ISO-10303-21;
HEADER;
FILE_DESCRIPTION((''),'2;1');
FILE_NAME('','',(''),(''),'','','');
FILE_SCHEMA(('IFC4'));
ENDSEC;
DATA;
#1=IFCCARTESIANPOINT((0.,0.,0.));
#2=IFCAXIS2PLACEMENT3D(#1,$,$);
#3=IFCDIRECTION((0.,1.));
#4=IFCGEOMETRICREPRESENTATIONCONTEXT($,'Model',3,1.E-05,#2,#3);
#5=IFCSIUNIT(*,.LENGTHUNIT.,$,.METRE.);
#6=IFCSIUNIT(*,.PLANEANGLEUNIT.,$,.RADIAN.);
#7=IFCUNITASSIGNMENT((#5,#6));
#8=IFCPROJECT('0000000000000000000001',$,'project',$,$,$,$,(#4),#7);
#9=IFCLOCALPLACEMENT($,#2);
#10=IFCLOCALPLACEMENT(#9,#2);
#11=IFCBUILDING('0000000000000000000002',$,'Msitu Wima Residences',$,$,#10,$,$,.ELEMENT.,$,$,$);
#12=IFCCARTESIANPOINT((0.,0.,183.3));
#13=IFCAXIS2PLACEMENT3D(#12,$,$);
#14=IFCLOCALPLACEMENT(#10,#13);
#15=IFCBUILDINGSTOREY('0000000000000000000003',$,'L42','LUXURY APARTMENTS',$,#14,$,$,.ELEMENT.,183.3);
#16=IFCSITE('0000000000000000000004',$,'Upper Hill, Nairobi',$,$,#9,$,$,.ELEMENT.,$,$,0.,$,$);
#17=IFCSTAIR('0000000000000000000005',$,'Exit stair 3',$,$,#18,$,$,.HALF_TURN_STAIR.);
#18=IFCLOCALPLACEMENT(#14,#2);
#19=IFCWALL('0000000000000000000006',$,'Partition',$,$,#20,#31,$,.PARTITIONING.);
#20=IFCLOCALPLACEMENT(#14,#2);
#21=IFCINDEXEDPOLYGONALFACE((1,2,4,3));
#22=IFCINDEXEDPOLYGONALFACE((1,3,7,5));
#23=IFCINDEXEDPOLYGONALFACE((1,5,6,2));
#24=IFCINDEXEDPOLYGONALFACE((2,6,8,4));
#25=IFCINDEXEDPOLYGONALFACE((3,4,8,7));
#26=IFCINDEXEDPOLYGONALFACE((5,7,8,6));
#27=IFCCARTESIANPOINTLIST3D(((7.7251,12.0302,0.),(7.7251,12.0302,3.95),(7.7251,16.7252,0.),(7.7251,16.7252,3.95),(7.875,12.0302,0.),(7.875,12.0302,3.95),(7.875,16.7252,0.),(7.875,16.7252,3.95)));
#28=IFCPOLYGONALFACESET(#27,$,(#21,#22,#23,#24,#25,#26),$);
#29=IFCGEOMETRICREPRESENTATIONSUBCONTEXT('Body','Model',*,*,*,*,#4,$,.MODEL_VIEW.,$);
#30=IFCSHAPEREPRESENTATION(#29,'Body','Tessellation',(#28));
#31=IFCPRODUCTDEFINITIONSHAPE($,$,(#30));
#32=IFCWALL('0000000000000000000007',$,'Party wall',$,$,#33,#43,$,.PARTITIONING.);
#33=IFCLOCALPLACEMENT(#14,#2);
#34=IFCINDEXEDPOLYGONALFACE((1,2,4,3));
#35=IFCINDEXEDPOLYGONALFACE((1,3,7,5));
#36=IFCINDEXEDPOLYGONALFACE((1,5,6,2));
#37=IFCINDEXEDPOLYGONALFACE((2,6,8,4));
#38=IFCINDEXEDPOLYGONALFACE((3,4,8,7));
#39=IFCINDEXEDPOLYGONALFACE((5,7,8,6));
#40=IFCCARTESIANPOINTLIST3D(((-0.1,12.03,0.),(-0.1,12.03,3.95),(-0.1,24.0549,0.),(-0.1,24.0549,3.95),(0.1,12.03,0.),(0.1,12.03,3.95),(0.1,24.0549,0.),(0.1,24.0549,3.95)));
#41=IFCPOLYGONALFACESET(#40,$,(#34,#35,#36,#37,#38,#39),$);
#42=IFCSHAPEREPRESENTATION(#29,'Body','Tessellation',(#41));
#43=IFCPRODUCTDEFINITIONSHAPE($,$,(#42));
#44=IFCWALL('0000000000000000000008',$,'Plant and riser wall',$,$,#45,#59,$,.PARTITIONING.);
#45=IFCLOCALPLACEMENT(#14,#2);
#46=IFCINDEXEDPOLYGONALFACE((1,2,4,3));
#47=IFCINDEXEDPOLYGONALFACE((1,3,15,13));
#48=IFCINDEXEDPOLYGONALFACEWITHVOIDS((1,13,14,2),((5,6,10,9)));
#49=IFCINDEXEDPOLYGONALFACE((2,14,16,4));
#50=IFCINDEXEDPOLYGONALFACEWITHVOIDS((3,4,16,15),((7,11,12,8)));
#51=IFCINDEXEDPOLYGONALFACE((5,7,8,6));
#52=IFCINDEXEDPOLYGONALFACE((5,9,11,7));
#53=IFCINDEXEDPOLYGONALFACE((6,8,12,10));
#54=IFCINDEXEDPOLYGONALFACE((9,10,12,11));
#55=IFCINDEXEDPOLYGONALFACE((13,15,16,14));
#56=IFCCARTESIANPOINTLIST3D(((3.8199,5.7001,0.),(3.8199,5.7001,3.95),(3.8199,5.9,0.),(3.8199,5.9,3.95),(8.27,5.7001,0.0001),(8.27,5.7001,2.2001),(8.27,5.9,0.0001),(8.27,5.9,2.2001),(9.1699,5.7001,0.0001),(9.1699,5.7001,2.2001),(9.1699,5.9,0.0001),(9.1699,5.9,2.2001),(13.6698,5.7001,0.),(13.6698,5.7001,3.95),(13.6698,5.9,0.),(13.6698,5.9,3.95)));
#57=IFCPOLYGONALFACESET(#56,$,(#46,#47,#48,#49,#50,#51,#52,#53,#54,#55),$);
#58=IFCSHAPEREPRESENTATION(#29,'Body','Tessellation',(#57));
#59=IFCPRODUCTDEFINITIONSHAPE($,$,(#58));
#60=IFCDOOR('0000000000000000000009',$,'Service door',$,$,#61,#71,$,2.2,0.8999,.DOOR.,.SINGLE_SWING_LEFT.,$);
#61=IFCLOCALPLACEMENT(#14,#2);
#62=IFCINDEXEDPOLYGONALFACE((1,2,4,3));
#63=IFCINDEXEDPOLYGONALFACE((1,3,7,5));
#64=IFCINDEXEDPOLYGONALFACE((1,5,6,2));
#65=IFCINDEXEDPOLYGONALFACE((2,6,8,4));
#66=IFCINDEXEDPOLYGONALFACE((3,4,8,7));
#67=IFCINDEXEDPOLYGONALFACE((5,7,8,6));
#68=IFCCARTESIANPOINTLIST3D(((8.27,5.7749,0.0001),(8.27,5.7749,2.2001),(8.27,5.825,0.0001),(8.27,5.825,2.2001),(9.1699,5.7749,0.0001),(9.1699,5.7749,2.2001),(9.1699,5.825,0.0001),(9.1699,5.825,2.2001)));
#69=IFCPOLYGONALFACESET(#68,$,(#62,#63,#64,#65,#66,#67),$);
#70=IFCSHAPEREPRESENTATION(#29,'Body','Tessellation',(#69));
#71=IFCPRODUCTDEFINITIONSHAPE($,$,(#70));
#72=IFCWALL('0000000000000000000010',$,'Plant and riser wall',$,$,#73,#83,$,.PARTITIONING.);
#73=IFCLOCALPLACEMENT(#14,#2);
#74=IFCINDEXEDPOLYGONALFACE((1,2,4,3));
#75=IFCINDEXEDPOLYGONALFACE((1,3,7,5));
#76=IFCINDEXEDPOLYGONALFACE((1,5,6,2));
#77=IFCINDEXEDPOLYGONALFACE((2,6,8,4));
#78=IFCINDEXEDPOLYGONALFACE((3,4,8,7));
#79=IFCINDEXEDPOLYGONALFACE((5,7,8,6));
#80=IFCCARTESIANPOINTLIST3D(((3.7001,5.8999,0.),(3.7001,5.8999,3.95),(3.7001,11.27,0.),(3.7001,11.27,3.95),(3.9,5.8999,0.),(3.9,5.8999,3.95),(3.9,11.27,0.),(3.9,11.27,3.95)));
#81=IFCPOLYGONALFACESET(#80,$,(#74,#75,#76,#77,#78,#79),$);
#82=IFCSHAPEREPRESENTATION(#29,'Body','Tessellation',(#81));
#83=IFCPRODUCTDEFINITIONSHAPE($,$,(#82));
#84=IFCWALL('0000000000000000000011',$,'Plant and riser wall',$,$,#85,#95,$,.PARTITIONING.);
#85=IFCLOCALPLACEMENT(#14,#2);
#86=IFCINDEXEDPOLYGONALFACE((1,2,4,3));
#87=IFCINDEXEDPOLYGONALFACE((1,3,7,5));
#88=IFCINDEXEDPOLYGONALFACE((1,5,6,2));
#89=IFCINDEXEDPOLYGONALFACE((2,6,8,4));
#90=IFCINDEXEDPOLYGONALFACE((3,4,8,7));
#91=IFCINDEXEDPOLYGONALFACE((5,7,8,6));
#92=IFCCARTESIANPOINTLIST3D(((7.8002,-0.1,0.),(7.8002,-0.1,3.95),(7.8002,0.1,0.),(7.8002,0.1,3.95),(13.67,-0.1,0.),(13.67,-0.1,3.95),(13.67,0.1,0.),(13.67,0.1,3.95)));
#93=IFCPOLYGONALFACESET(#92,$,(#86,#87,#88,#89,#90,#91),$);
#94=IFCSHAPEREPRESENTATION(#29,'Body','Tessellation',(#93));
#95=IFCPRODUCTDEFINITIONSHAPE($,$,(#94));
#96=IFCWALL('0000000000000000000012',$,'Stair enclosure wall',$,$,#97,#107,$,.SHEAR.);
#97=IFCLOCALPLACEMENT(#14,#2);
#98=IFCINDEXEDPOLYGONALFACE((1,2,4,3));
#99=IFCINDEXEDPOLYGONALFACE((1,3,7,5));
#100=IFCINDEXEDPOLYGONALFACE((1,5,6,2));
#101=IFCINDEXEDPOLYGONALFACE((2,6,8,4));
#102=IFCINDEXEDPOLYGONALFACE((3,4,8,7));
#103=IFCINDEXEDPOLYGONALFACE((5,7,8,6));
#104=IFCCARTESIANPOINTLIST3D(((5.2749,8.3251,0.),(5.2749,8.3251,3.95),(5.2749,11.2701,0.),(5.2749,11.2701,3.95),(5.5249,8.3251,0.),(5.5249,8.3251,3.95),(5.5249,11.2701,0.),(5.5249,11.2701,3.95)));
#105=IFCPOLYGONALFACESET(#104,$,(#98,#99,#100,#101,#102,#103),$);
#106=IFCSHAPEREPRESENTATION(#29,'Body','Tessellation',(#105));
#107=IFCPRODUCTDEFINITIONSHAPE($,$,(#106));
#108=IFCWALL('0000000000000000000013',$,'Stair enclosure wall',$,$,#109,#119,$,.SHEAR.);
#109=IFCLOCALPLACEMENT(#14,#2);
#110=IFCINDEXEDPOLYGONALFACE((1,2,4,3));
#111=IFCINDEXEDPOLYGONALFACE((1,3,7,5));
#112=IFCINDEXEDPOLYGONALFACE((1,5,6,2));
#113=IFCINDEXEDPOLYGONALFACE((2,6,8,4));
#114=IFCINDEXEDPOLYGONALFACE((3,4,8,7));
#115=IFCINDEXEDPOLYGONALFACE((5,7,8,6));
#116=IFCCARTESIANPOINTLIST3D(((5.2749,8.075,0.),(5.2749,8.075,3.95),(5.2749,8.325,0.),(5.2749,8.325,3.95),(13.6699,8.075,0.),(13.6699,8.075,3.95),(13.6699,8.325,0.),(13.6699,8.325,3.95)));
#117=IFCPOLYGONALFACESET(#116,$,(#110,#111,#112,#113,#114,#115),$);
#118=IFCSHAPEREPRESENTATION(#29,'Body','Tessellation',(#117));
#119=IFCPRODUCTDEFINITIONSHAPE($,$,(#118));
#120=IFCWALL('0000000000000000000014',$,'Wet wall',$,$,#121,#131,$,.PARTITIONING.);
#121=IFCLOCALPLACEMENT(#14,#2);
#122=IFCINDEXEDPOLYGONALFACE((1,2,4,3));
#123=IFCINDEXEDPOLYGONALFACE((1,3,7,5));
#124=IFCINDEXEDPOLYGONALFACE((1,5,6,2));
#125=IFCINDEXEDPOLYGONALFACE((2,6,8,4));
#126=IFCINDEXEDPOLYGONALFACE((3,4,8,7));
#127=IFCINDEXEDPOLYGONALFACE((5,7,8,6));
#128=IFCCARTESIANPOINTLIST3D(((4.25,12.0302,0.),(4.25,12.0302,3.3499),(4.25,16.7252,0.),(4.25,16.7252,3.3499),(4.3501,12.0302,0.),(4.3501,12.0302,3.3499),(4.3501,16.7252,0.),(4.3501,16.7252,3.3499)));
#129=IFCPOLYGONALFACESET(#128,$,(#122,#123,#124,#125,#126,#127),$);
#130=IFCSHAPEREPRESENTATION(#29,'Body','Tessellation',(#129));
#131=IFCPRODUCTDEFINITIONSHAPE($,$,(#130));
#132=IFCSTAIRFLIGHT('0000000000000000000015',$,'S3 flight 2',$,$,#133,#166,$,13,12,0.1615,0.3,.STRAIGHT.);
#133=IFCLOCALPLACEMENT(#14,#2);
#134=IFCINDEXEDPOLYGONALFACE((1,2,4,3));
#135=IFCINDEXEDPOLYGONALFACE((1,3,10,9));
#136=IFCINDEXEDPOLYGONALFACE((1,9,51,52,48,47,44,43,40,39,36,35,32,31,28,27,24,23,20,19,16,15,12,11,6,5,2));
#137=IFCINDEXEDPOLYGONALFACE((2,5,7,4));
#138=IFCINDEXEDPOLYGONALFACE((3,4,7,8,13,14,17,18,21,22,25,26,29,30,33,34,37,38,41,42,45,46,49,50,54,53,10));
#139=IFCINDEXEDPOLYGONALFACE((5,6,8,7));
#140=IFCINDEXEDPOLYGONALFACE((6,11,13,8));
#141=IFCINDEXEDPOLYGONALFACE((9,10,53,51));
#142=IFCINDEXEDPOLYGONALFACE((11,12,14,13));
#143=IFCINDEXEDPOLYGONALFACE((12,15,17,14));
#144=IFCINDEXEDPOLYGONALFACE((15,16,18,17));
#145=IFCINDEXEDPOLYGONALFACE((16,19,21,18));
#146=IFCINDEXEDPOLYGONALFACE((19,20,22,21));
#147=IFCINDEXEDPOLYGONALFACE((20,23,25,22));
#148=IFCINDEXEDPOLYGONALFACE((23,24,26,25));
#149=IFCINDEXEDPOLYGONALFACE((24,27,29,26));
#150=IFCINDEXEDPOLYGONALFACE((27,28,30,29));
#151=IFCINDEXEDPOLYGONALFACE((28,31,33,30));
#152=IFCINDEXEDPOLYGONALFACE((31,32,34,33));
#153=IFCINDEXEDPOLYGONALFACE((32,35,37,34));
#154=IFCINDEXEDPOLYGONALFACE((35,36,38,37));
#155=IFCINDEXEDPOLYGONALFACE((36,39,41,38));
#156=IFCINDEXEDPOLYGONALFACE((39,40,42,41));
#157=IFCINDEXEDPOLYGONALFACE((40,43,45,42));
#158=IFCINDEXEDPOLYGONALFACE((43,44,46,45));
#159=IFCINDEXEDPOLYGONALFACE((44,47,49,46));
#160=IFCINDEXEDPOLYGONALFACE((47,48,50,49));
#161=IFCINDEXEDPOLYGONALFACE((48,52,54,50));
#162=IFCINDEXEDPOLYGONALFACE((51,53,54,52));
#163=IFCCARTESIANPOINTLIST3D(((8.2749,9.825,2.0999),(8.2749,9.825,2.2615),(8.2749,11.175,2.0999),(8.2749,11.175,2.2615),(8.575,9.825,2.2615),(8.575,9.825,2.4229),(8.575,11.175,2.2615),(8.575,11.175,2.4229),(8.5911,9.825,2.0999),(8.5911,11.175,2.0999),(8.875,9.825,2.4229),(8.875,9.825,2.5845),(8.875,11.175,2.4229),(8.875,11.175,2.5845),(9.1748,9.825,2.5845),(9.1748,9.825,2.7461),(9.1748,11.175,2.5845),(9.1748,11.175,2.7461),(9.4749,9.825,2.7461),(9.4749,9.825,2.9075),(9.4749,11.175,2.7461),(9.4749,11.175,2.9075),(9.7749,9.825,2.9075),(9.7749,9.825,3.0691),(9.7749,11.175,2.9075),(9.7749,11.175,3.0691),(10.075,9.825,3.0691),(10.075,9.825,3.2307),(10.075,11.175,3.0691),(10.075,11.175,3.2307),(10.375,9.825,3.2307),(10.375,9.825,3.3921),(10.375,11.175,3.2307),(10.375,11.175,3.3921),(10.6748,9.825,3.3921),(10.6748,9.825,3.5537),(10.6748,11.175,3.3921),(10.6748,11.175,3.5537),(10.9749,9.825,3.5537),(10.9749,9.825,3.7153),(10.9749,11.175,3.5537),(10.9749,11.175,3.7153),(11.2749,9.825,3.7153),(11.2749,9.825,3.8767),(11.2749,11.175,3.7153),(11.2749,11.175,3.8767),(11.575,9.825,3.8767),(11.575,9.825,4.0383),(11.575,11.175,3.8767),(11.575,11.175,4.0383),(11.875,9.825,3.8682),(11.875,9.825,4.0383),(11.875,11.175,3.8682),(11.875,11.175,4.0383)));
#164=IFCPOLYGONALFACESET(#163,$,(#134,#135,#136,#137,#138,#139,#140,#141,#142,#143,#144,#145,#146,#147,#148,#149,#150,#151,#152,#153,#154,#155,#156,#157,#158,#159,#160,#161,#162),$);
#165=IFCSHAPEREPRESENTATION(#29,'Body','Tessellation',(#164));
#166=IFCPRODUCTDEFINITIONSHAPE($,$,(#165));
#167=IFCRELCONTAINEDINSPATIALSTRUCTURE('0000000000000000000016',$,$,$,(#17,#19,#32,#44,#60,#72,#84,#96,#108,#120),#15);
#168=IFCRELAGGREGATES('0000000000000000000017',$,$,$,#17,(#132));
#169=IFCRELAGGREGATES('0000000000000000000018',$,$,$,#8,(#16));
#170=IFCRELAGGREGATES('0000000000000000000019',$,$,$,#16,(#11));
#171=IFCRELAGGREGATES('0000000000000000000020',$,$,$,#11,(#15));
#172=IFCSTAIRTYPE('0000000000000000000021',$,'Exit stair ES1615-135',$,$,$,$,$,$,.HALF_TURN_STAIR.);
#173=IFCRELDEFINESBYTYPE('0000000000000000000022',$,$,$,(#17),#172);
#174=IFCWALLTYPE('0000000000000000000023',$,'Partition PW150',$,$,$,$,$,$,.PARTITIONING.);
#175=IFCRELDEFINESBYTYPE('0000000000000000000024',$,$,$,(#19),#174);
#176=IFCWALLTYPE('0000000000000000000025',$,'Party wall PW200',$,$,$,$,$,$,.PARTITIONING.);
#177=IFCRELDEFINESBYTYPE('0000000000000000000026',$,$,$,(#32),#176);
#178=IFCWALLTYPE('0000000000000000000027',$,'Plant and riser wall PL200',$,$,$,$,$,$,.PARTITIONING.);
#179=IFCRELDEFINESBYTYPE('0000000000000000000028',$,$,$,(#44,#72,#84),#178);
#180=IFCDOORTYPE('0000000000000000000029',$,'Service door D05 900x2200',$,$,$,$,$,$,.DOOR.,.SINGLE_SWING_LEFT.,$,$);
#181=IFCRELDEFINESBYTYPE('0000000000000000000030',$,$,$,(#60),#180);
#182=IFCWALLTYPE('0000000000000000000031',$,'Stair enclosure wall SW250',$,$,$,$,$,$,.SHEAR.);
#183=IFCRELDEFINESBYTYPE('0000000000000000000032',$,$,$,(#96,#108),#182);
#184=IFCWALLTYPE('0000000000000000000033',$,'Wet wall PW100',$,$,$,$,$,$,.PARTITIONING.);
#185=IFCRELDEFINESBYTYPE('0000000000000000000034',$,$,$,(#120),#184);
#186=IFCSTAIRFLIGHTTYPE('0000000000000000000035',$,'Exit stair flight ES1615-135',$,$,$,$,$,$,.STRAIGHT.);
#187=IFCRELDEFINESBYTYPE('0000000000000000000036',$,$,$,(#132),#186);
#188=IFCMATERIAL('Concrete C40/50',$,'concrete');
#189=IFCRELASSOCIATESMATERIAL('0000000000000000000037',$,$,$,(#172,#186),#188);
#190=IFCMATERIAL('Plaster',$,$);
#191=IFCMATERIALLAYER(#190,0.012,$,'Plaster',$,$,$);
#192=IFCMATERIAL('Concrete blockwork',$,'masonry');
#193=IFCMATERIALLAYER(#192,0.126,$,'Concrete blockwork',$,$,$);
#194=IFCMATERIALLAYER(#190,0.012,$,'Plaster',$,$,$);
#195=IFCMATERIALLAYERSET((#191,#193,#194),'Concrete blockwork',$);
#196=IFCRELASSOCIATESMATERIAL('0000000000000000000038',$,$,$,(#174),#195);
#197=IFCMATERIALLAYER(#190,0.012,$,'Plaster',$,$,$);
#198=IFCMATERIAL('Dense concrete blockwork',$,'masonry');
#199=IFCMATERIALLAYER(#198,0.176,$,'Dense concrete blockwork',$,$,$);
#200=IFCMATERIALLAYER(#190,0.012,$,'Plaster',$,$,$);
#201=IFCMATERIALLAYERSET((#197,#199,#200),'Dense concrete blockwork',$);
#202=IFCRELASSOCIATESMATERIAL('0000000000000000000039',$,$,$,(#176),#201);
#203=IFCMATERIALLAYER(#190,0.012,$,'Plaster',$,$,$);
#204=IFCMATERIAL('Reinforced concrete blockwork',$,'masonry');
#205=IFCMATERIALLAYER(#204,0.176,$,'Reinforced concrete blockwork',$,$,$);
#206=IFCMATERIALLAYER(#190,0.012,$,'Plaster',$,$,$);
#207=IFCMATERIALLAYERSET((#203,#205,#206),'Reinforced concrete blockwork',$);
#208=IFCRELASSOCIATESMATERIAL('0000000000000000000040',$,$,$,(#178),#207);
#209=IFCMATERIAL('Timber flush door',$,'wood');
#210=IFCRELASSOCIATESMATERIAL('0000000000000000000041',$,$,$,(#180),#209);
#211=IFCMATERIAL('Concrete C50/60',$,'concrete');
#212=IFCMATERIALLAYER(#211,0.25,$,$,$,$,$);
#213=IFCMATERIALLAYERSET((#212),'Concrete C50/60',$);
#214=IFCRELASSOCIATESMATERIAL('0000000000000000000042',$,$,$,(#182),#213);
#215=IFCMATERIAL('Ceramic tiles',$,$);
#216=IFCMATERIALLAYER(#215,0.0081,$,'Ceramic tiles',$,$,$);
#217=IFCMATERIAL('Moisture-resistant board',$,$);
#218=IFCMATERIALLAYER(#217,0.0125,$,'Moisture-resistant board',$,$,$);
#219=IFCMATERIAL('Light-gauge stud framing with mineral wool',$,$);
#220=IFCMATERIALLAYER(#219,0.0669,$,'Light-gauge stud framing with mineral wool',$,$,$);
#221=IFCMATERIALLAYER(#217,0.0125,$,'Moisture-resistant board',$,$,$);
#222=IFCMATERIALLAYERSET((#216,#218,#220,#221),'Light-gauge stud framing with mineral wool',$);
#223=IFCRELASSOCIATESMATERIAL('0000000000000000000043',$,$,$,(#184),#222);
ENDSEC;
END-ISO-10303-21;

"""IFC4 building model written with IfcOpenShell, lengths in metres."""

from ifc_helpers import new_model, si_unit, direction, frame, frame_2d, origin, place, context, subcontext, project, spatial, polyline, rectangle, outline, extrude, material, layer, layer_set, type_object, element, fill, aggregate, save


model = new_model("IFC4")

# Units and contexts
model_context = context("Model", 3, precision=1e-05, world=origin(), true_north=direction((0.0, 1.0)))
body_context = subcontext(model_context, "Body", "Model", "MODEL_VIEW")
ifc_project = project(units=[si_unit("LENGTHUNIT", "METRE"), si_unit("PLANEANGLEUNIT", "RADIAN")], contexts=[model_context])

# Site, building, storey
site_placement = place(None, origin())
site = spatial("IfcSite", under=ifc_project, at=site_placement, Name="Upper Hill, Nairobi", CompositionType="ELEMENT", RefElevation=0.0)
building_placement = place(site_placement, origin())
building = spatial("IfcBuilding", under=site, at=building_placement, Name="Msitu Wima Residences", CompositionType="ELEMENT")
storey_placement = place(building_placement, frame((0.0, 0.0, 183.3)))
storey = spatial("IfcBuildingStorey", under=building, at=storey_placement, Name="L42", Description="LUXURY APARTMENTS", CompositionType="ELEMENT", Elevation=183.3)

# Shared definitions
ifc_material_1 = material(Name="Concrete C40/50", Category="concrete")

# Stair
stair_type = type_object("IfcStairType", Name="Exit stair ES1615-135", PredefinedType="HALF_TURN_STAIR", material=ifc_material_1)
stair_1_placement = place(storey_placement, origin())
stair_1 = element("IfcStair", 1, at=stair_1_placement, inside=storey, type_object=stair_type, Name="Exit stair 3", PredefinedType="HALF_TURN_STAIR")

# Walls
ifc_material_2 = material(Name="Plaster")
ifc_layer_1 = layer(ifc_material_2, 0.012, Name="Plaster")
ifc_material_3 = material(Name="Concrete blockwork", Category="masonry")
ifc_layer_2 = layer(ifc_material_3, 0.126, Name="Concrete blockwork")
ifc_layer_3 = layer(ifc_material_2, 0.012, Name="Plaster")
ifc_layer_set_1 = layer_set([ifc_layer_1, ifc_layer_2, ifc_layer_3], Name="Concrete blockwork")
wall_type_1 = type_object("IfcWallType", Name="Partition PW150", PredefinedType="PARTITIONING", material=ifc_layer_set_1)
wall_1_placement = place(storey_placement, frame((7.8, 12.03, 0.0), z_axis=(0.0, 0.0, 1.0), x_axis=(0.0, 1.0, 0.0)))
element("IfcWall", 2, at=wall_1_placement, inside=storey, type_object=wall_type_1, Name="Partition", PredefinedType="PARTITIONING", context=body_context, shape_type="SweptSolid", body=[
    extrude(rectangle(XDim=4.6951, YDim=0.1499, at=frame_2d((2.3477, 0.0))), origin(), (0.0, 0.0, 1.0), 3.95),
])
ifc_layer_4 = layer(ifc_material_2, 0.012, Name="Plaster")
ifc_material_4 = material(Name="Dense concrete blockwork", Category="masonry")
ifc_layer_5 = layer(ifc_material_4, 0.176, Name="Dense concrete blockwork")
ifc_layer_6 = layer(ifc_material_2, 0.012, Name="Plaster")
ifc_layer_set_2 = layer_set([ifc_layer_4, ifc_layer_5, ifc_layer_6], Name="Dense concrete blockwork")
wall_type_2 = type_object("IfcWallType", Name="Party wall PW200", PredefinedType="PARTITIONING", material=ifc_layer_set_2)
wall_2_placement = place(storey_placement, frame((0.0, 12.03, 0.0), z_axis=(0.0, 0.0, 1.0), x_axis=(0.0, 1.0, 0.0)))
element("IfcWall", 3, at=wall_2_placement, inside=storey, type_object=wall_type_2, Name="Party wall", PredefinedType="PARTITIONING", context=body_context, shape_type="SweptSolid", body=[
    extrude(rectangle(XDim=12.0249, YDim=0.2, at=frame_2d((6.0125, 0.0))), origin(), (0.0, 0.0, 1.0), 3.95),
])

# Wall, opening, door
ifc_layer_7 = layer(ifc_material_2, 0.012, Name="Plaster")
ifc_material_5 = material(Name="Reinforced concrete blockwork", Category="masonry")
ifc_layer_8 = layer(ifc_material_5, 0.176, Name="Reinforced concrete blockwork")
ifc_layer_9 = layer(ifc_material_2, 0.012, Name="Plaster")
ifc_layer_set_3 = layer_set([ifc_layer_7, ifc_layer_8, ifc_layer_9], Name="Reinforced concrete blockwork")
wall_type_3 = type_object("IfcWallType", Name="Plant and riser wall PL200", PredefinedType="PARTITIONING", material=ifc_layer_set_3)
wall_3_placement = place(storey_placement, frame((3.8201, 5.8, 0.0), z_axis=(0.0, 0.0, 1.0), x_axis=(1.0, 0.0, 0.0)))
wall_3 = element("IfcWall", 4, at=wall_3_placement, inside=storey, type_object=wall_type_3, Name="Plant and riser wall", PredefinedType="PARTITIONING", context=body_context, shape_type="SweptSolid", body=[
    extrude(rectangle(XDim=9.8499, YDim=0.2, at=frame_2d((4.9248, 0.0))), origin(), (0.0, 0.0, 1.0), 3.95),
])
opening_placement = place(wall_3_placement, frame((4.45, 0.0, 0.0)))
opening = element("IfcOpeningElement", 5, at=opening_placement, cuts=wall_3, PredefinedType="OPENING", context=body_context, shape_type="SweptSolid", body=[
    extrude(rectangle(XDim=0.8999, YDim=2.2, at=frame_2d((0.45, 1.1001))), frame((0.0, 0.1099, 0.0), z_axis=(0.0, -1.0, 0.0), x_axis=(1.0, 0.0, 0.0)), (0.0, 0.0, 1.0), 0.22),
])
ifc_material_6 = material(Name="Timber flush door", Category="wood")
door_type = type_object("IfcDoorType", Name="Service door D05 900x2200", OperationType="SINGLE_SWING_LEFT", PredefinedType="DOOR", material=ifc_material_6)
door_placement = place(opening_placement, origin())
door = element("IfcDoor", 6, at=door_placement, inside=storey, type_object=door_type, Name="Service door", OperationType="SINGLE_SWING_LEFT", OverallHeight=2.2, OverallWidth=0.8999, PredefinedType="DOOR", context=body_context, shape_type="SweptSolid", body=[
    extrude(rectangle(XDim=0.8999, YDim=2.2, at=frame_2d((0.45, 1.1001))), frame((0.0, 0.0249, 0.0), z_axis=(0.0, -1.0, 0.0), x_axis=(1.0, 0.0, 0.0)), (0.0, 0.0, 1.0), 0.05),
])
fill(opening, door)

# Walls
wall_4_placement = place(storey_placement, frame((3.8, 5.8999, 0.0), z_axis=(0.0, 0.0, 1.0), x_axis=(0.0, 1.0, 0.0)))
element("IfcWall", 7, at=wall_4_placement, inside=storey, type_object=wall_type_3, Name="Plant and riser wall", PredefinedType="PARTITIONING", context=body_context, shape_type="SweptSolid", body=[
    extrude(rectangle(XDim=5.3701, YDim=0.2, at=frame_2d((2.6851, 0.0))), origin(), (0.0, 0.0, 1.0), 3.95),
])
wall_5_placement = place(storey_placement, frame((7.8, 0.0, 0.0), z_axis=(0.0, 0.0, 1.0), x_axis=(1.0, 0.0, 0.0)))
element("IfcWall", 8, at=wall_5_placement, inside=storey, type_object=wall_type_3, Name="Plant and riser wall", PredefinedType="PARTITIONING", context=body_context, shape_type="SweptSolid", body=[
    extrude(rectangle(XDim=5.8699, YDim=0.2, at=frame_2d((2.9351, 0.0))), origin(), (0.0, 0.0, 1.0), 3.95),
])
ifc_material_7 = material(Name="Concrete C50/60", Category="concrete")
ifc_layer_10 = layer(ifc_material_7, 0.25)
ifc_layer_set_4 = layer_set([ifc_layer_10], Name="Concrete C50/60")
wall_type_4 = type_object("IfcWallType", Name="Stair enclosure wall SW250", PredefinedType="SHEAR", material=ifc_layer_set_4)
wall_6_placement = place(storey_placement, frame((5.3999, 8.325, 0.0), z_axis=(0.0, 0.0, 1.0), x_axis=(0.0, 1.0, 0.0)))
element("IfcWall", 9, at=wall_6_placement, inside=storey, type_object=wall_type_4, Name="Stair enclosure wall", PredefinedType="SHEAR", context=body_context, shape_type="SweptSolid", body=[
    extrude(rectangle(XDim=2.9451, YDim=0.25, at=frame_2d((1.4727, 0.0))), origin(), (0.0, 0.0, 1.0), 3.95),
])
wall_7_placement = place(storey_placement, frame((5.2749, 8.2, 0.0), z_axis=(0.0, 0.0, 1.0), x_axis=(1.0, 0.0, 0.0)))
element("IfcWall", 10, at=wall_7_placement, inside=storey, type_object=wall_type_4, Name="Stair enclosure wall", PredefinedType="SHEAR", context=body_context, shape_type="SweptSolid", body=[
    extrude(rectangle(XDim=8.395, YDim=0.25, at=frame_2d((4.1975, 0.0))), origin(), (0.0, 0.0, 1.0), 3.95),
])
ifc_material_8 = material(Name="Ceramic tiles")
ifc_layer_11 = layer(ifc_material_8, 0.0081, Name="Ceramic tiles")
ifc_material_9 = material(Name="Moisture-resistant board")
ifc_layer_12 = layer(ifc_material_9, 0.0125, Name="Moisture-resistant board")
ifc_material_10 = material(Name="Light-gauge stud framing with mineral wool")
ifc_layer_13 = layer(ifc_material_10, 0.0669, Name="Light-gauge stud framing with mineral wool")
ifc_layer_14 = layer(ifc_material_9, 0.0125, Name="Moisture-resistant board")
ifc_layer_set_5 = layer_set([ifc_layer_11, ifc_layer_12, ifc_layer_13, ifc_layer_14], Name="Light-gauge stud framing with mineral wool")
wall_type_5 = type_object("IfcWallType", Name="Wet wall PW100", PredefinedType="PARTITIONING", material=ifc_layer_set_5)
wall_8_placement = place(storey_placement, frame((4.3, 12.03, 0.0), z_axis=(0.0, 0.0, 1.0), x_axis=(0.0, 1.0, 0.0)))
element("IfcWall", 11, at=wall_8_placement, inside=storey, type_object=wall_type_5, Name="Wet wall", PredefinedType="PARTITIONING", context=body_context, shape_type="SweptSolid", body=[
    extrude(rectangle(XDim=4.6951, YDim=0.1001, at=frame_2d((2.3477, 0.0))), origin(), (0.0, 0.0, 1.0), 3.3499),
])

# Stair flight
stair_flight_type = type_object("IfcStairFlightType", Name="Exit stair flight ES1615-135", PredefinedType="STRAIGHT", material=ifc_material_1)
stair_flight_placement = place(storey_placement, frame((8.2749, 10.5, 2.0999), z_axis=(0.0, 0.0, 1.0), x_axis=(1.0, 0.0, 0.0)))
stair_flight = element("IfcStairFlight", 12, at=stair_flight_placement, type_object=stair_flight_type, Name="S3 flight 2", NumberOfRisers=13, NumberOfTreads=12, PredefinedType="STRAIGHT", RiserHeight=0.1615, TreadLength=0.3, context=body_context, shape_type="SweptSolid", body=[
    extrude(outline(polyline([(0.0, 0.0), (0.0, 0.1616), (0.3, 0.1616), (0.3, 0.323), (0.6001, 0.323), (0.6001, 0.4846), (0.8999, 0.4846), (0.8999, 0.6462), (1.2, 0.6462), (1.2, 0.8076), (1.5, 0.8076), (1.5, 0.9692), (1.8, 0.9692), (1.8, 1.1309), (2.1001, 1.1309), (2.1001, 1.2922), (2.3999, 1.2922), (2.3999, 1.4539), (2.7, 1.4539), (2.7, 1.6155), (3.0, 1.6155), (3.0, 1.7769), (3.3, 1.7769), (3.3, 1.9385), (3.6001, 1.9385), (3.6001, 2.1001), (3.6001, 1.7683), (0.3162, 0.0), (0.0, 0.0)])), frame((0.0, 0.675, 0.0), z_axis=(0.0, -1.0, 0.0), x_axis=(1.0, 0.0, 0.0)), (0.0, 0.0, 1.0), 1.3501),
])
aggregate(stair_1, [stair_flight])

save(model, "model.ifc")
